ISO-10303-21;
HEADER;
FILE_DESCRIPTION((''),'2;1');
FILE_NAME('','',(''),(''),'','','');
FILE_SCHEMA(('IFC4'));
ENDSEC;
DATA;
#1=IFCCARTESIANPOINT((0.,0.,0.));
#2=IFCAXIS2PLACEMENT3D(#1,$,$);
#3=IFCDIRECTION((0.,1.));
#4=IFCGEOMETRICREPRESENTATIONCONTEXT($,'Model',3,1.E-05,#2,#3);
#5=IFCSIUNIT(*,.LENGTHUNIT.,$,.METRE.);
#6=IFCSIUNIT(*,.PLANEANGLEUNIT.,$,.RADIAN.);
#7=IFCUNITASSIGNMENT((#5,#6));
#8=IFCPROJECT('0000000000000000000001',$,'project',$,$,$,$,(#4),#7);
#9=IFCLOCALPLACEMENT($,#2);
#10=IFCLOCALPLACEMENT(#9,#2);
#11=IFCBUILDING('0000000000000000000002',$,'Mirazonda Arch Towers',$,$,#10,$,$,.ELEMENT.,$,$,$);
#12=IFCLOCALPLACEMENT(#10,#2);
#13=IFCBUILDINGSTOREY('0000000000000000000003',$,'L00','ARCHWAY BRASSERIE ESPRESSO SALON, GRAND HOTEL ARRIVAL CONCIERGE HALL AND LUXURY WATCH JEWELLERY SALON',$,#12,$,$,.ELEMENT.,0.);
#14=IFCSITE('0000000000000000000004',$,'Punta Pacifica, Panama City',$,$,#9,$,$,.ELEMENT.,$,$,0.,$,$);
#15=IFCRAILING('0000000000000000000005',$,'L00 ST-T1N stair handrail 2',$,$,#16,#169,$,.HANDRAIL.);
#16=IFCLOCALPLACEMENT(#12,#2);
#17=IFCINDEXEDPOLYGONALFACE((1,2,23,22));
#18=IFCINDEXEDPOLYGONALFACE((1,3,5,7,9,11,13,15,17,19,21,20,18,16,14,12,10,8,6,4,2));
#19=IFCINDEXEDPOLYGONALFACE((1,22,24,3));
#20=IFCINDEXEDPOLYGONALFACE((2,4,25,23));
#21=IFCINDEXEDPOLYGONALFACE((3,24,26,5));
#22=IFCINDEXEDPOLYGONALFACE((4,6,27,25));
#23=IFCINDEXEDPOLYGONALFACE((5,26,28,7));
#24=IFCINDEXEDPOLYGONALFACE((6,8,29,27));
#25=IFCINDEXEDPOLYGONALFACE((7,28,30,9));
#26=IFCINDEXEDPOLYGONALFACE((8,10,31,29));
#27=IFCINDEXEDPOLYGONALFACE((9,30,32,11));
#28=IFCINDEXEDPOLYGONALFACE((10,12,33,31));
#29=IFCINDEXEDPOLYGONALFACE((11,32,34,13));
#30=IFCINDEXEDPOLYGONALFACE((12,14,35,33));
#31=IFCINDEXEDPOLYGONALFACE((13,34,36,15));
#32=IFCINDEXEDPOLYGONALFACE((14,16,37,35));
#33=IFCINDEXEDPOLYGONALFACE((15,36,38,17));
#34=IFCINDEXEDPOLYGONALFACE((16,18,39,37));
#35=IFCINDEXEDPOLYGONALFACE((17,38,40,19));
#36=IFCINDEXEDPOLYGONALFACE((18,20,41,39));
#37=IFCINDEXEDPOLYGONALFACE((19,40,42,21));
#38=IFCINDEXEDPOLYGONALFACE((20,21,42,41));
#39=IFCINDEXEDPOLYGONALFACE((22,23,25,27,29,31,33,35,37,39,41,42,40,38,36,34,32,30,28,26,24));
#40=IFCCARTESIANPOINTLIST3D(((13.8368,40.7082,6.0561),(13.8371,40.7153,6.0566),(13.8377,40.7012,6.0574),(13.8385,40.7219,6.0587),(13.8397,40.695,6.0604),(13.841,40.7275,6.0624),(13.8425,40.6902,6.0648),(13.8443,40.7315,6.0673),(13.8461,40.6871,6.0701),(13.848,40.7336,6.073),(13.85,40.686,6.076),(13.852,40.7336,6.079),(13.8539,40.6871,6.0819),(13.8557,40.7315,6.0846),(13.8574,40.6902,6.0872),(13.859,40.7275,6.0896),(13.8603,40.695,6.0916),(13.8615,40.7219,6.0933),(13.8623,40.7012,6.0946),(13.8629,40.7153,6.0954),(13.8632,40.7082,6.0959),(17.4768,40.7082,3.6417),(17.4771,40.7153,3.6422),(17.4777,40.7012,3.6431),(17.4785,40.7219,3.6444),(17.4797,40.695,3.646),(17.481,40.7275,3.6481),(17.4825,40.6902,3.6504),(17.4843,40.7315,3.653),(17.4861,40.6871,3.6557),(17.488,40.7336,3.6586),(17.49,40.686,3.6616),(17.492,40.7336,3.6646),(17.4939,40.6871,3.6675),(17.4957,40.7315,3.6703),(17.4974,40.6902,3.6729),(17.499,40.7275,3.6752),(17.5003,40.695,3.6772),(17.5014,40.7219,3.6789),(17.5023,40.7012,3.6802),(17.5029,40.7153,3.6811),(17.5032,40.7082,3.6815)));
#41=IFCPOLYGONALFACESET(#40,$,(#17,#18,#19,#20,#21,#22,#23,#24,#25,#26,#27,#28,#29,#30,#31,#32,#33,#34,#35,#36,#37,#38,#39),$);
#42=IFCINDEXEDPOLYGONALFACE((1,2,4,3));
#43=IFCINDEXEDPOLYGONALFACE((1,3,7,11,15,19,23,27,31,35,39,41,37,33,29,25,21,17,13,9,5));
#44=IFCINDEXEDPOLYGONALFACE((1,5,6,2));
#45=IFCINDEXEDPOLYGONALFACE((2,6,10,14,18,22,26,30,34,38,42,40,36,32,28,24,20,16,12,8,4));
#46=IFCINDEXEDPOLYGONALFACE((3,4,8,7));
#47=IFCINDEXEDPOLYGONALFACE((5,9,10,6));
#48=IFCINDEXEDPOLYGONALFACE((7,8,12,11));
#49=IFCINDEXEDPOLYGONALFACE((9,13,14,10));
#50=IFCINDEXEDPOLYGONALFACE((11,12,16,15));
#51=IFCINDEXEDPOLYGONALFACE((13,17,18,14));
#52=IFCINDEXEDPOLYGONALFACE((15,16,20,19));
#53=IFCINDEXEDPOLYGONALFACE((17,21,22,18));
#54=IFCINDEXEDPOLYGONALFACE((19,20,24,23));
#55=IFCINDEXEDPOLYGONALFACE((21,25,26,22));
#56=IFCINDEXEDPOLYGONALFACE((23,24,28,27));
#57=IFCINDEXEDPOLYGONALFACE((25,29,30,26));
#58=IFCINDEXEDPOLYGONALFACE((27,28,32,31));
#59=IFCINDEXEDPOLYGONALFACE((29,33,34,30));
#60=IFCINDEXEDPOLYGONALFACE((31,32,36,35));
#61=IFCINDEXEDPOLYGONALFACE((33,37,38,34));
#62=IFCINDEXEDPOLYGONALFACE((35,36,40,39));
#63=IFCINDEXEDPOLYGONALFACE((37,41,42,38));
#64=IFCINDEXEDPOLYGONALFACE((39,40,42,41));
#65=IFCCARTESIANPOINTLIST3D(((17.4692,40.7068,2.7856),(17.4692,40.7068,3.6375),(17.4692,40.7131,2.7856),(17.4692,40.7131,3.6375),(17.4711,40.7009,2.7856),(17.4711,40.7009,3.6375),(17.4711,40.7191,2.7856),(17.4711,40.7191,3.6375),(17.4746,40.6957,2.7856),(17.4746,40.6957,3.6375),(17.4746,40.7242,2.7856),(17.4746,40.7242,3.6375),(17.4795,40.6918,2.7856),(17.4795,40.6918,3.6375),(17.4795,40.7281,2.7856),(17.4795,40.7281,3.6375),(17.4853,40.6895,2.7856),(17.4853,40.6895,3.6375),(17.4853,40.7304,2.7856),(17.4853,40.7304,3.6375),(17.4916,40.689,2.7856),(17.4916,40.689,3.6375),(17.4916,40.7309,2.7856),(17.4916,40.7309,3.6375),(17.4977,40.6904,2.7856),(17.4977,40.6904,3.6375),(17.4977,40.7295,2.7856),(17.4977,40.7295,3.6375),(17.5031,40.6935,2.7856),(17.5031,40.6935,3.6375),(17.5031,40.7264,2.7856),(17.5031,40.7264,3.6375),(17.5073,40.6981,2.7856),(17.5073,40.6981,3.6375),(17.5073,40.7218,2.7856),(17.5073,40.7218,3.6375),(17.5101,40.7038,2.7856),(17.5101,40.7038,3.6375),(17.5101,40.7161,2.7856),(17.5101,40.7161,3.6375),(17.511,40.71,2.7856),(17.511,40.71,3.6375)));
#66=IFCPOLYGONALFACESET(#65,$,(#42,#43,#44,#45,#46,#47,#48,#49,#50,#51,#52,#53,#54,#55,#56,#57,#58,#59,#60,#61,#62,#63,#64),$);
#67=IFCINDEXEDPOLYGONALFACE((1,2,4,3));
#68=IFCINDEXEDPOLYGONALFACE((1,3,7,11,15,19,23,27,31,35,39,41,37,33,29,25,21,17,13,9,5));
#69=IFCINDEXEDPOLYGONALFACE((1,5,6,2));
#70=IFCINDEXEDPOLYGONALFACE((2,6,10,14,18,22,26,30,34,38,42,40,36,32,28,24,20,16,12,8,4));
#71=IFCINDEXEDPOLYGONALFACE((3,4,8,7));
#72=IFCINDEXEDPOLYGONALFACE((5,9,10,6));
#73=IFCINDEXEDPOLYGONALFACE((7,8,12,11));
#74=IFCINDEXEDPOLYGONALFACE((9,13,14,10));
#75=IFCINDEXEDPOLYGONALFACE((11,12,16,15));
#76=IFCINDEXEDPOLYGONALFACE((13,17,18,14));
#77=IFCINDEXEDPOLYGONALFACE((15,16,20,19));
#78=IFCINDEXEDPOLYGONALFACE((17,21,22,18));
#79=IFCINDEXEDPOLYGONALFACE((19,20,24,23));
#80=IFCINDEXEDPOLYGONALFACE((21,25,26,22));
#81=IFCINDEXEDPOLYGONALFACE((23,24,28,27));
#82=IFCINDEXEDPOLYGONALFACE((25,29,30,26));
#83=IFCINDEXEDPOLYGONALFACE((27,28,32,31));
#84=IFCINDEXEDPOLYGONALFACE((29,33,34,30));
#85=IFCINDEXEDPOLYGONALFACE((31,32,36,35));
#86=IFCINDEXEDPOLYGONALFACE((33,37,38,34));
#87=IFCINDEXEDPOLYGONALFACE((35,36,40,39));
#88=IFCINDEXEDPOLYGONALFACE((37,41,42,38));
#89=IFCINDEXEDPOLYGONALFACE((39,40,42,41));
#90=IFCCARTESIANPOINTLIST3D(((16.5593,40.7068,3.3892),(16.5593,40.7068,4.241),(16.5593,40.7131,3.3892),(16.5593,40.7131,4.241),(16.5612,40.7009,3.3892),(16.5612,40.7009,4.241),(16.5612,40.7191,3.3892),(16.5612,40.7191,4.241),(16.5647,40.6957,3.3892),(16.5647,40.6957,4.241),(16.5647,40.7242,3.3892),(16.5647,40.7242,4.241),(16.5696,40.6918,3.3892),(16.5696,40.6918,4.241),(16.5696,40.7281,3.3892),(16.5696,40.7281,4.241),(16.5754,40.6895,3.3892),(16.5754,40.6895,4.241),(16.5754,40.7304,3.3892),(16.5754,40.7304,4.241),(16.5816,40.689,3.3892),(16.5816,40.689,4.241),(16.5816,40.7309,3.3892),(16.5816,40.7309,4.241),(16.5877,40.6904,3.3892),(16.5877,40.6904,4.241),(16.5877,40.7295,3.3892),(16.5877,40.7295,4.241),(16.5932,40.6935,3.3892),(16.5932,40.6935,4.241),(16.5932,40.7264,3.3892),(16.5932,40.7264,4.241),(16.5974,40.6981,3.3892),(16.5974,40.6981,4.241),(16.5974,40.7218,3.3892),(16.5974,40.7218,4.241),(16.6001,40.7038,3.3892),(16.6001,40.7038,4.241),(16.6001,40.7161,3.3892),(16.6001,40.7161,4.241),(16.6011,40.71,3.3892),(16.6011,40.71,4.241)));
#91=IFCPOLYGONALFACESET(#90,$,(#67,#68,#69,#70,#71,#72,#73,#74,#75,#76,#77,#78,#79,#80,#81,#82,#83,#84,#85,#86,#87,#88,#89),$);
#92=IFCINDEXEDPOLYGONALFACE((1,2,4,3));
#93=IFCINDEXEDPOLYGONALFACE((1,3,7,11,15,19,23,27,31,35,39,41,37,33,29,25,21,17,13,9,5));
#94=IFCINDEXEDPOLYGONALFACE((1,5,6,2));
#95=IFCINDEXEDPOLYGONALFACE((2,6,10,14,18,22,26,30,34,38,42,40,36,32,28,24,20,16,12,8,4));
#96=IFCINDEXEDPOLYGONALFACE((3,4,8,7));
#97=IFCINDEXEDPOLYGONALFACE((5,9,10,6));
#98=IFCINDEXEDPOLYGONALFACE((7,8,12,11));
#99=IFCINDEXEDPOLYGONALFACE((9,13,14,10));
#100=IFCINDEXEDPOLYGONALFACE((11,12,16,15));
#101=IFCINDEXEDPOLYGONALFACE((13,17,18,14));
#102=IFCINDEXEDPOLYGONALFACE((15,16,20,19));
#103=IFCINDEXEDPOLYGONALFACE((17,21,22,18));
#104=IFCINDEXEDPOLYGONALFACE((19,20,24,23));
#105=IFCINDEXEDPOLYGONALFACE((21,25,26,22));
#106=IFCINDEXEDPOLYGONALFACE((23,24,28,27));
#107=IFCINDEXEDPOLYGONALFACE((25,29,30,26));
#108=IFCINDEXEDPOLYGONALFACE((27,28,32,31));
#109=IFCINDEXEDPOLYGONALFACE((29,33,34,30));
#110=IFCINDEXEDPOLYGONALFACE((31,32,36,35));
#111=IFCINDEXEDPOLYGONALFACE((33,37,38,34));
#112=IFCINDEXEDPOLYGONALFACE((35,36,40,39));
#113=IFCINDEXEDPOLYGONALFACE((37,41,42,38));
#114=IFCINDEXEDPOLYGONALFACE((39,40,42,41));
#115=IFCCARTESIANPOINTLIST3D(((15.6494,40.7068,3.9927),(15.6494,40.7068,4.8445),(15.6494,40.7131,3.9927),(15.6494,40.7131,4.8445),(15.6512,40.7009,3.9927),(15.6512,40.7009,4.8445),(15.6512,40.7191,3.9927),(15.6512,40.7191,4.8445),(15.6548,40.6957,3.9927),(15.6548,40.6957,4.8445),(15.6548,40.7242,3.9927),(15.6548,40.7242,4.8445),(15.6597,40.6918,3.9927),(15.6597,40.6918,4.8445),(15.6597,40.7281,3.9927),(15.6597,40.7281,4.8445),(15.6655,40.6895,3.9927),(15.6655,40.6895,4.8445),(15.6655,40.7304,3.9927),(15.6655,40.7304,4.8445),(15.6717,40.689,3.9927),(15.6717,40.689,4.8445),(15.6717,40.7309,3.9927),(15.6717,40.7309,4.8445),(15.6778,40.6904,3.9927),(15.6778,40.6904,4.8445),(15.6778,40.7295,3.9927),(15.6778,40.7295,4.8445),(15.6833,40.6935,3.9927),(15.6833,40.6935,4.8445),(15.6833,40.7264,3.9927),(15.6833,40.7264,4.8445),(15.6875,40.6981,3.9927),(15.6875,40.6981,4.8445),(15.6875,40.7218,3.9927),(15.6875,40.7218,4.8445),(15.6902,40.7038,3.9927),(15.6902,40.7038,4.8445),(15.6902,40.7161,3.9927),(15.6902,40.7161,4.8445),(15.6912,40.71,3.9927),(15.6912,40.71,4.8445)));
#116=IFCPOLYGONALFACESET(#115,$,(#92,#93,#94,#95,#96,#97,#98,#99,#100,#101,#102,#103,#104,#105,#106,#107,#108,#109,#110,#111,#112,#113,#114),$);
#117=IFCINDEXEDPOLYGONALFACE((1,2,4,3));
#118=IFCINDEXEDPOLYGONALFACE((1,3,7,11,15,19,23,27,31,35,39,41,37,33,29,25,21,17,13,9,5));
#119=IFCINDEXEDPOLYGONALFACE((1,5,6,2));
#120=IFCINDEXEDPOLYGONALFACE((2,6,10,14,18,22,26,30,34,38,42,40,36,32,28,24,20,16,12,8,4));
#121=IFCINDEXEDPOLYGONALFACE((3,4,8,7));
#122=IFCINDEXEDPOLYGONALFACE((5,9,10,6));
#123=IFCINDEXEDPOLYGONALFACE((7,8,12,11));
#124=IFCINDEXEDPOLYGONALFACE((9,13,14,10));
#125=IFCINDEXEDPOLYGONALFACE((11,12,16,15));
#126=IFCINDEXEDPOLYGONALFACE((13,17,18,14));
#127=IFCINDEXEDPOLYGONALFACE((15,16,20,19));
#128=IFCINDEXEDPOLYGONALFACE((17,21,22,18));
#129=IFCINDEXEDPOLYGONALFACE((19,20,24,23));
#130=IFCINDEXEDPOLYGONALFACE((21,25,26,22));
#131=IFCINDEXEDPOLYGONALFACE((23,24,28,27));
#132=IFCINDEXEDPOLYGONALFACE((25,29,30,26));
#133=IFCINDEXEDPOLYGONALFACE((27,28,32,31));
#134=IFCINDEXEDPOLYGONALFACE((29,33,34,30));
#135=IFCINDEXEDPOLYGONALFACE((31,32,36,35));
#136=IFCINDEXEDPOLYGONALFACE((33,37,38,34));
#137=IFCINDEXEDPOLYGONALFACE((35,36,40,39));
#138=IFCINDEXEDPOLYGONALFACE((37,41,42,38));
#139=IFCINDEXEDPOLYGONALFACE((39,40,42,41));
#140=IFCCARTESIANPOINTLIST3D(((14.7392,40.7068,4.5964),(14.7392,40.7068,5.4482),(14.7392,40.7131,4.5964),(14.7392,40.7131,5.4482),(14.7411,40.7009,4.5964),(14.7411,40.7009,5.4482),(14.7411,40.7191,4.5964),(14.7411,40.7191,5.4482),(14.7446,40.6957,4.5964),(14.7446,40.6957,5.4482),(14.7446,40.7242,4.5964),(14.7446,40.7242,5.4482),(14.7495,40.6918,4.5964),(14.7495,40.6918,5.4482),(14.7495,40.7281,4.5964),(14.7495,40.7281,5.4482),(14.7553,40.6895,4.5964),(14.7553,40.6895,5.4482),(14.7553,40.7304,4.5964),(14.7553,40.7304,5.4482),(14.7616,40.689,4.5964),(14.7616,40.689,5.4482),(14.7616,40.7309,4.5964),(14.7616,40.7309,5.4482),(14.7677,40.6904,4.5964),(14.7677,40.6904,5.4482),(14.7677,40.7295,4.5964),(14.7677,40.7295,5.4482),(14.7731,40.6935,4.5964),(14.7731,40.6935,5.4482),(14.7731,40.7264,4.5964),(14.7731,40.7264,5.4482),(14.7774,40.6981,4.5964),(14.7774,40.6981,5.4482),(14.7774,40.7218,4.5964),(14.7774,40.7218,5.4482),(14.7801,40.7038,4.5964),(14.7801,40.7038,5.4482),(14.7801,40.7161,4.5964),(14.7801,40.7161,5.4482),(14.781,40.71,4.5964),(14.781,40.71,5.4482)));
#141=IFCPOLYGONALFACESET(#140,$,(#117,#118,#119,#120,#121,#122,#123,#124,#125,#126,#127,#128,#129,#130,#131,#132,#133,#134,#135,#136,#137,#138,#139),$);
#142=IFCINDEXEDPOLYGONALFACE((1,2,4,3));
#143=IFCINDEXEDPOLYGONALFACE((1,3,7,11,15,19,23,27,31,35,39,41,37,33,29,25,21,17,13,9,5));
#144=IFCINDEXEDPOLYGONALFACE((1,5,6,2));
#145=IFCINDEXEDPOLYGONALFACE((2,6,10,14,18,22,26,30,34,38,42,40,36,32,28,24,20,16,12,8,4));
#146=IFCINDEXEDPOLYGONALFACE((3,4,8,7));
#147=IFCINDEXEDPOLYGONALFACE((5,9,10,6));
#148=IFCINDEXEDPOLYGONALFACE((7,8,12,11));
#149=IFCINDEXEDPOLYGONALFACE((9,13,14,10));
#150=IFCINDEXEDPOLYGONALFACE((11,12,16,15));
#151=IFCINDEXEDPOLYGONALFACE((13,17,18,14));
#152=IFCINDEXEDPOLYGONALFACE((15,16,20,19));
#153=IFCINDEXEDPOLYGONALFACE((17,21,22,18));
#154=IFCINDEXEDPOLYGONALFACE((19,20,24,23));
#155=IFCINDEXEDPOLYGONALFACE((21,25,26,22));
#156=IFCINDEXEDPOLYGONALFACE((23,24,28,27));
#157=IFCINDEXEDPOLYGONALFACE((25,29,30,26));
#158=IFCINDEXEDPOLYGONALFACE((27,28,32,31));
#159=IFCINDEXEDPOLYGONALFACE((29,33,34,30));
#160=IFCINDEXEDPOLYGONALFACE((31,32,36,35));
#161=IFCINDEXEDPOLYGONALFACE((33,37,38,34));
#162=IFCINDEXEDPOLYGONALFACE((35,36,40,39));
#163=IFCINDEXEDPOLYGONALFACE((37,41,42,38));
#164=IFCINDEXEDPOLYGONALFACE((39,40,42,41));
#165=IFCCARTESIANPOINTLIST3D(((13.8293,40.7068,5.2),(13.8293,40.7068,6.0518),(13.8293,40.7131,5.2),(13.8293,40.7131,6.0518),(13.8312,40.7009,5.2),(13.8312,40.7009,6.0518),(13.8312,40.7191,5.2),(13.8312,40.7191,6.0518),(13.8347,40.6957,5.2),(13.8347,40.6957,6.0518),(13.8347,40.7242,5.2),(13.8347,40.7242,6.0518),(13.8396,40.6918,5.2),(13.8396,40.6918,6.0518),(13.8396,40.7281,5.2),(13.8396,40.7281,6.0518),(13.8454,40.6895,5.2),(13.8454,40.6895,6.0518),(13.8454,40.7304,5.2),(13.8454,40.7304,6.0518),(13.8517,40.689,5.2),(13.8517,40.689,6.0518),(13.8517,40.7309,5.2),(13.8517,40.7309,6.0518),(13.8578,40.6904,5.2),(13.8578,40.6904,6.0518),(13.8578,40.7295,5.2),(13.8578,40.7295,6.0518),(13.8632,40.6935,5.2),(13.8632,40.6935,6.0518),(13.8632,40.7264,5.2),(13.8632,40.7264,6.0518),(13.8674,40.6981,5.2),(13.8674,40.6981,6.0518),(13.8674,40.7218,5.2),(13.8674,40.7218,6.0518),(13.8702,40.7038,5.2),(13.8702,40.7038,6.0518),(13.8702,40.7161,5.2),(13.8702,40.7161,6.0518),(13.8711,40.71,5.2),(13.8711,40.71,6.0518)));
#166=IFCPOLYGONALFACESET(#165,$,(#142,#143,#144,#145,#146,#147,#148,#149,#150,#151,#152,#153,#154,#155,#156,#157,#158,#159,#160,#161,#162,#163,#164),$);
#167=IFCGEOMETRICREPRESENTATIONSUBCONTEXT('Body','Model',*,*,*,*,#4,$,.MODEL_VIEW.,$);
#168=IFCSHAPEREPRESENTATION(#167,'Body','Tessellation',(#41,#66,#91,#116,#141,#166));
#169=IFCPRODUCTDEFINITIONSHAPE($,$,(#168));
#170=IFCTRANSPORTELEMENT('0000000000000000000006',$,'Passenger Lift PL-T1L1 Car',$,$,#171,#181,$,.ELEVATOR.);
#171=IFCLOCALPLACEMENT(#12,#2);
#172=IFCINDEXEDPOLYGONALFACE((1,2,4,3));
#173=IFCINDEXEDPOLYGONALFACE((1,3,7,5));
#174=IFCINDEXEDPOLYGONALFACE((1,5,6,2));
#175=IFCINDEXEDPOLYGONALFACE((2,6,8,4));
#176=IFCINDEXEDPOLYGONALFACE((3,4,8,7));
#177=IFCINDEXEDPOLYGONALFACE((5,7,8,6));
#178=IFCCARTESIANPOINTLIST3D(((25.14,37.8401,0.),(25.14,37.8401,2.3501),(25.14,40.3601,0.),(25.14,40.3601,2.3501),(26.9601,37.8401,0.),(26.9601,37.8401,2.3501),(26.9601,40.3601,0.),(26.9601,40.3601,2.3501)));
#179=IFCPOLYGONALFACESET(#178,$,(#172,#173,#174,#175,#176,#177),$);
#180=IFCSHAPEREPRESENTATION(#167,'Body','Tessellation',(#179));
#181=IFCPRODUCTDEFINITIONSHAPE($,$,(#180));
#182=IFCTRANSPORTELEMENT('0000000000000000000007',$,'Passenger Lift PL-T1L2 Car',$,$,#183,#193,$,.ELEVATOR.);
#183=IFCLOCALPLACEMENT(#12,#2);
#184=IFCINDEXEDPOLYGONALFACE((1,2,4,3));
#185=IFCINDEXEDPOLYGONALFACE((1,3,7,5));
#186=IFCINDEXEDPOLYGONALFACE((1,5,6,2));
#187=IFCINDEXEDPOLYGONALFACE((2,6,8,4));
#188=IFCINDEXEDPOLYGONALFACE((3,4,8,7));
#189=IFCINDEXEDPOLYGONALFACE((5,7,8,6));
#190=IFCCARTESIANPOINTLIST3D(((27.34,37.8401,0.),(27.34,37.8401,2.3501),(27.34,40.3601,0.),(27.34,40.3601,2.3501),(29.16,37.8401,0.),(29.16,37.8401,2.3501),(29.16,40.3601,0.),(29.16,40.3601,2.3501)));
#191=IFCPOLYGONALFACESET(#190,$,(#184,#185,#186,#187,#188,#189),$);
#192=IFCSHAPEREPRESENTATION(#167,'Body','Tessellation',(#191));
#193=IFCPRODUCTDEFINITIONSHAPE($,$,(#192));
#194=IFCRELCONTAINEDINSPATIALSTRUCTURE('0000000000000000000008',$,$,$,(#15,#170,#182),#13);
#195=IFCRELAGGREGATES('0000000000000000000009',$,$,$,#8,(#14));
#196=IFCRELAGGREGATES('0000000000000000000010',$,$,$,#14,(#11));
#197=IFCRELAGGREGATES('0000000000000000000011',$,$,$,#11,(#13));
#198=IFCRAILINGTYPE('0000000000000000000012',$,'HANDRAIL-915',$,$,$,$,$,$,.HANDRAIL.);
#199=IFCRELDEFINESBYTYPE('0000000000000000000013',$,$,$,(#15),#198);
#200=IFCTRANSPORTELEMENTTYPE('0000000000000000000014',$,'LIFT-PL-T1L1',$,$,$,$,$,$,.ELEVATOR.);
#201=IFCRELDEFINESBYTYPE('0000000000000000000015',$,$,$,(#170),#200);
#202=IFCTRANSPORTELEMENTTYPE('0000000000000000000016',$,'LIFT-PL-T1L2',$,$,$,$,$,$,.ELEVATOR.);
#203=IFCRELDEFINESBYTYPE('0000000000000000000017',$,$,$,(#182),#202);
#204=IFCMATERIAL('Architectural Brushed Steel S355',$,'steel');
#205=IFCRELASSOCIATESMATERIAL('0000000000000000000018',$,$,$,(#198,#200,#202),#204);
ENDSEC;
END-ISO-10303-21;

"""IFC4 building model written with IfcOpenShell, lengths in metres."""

from ifc_helpers import new_model, si_unit, direction, frame, origin, origin_2d, place, context, subcontext, project, spatial, rectangle, circle, extrude, material, type_object, element, save


model = new_model("IFC4")

# Units and contexts
model_context = context("Model", 3, precision=1e-05, world=origin(), true_north=direction((0.0, 1.0)))
body_context = subcontext(model_context, "Body", "Model", "MODEL_VIEW")
ifc_project = project(units=[si_unit("LENGTHUNIT", "METRE"), si_unit("PLANEANGLEUNIT", "RADIAN")], contexts=[model_context])

# Site, building, storey
site_placement = place(None, origin())
site = spatial("IfcSite", under=ifc_project, at=site_placement, Name="Punta Pacifica, Panama City", CompositionType="ELEMENT", RefElevation=0.0)
building_placement = place(site_placement, origin())
building = spatial("IfcBuilding", under=site, at=building_placement, Name="Mirazonda Arch Towers", CompositionType="ELEMENT")
storey_placement = place(building_placement, origin())
storey = spatial("IfcBuildingStorey", under=building, at=storey_placement, Name="L00", Description="ARCHWAY BRASSERIE ESPRESSO SALON, GRAND HOTEL ARRIVAL CONCIERGE HALL AND LUXURY WATCH JEWELLERY SALON", CompositionType="ELEMENT", Elevation=0.0)

# Railing
ifc_material_1 = material(Name="Architectural Brushed Steel S355", Category="steel")
railing_type_1 = type_object("IfcRailingType", Name="HANDRAIL-915", PredefinedType="HANDRAIL", material=ifc_material_1)
railing_1_placement = place(storey_placement, frame((17.49, 40.71, 2.7856)))
element("IfcRailing", 1, at=railing_1_placement, inside=storey, type_object=railing_type_1, Name="L00 ST-T1N stair handrail 2", PredefinedType="HANDRAIL", context=body_context, shape_type="SweptSolid", body=[
    extrude(circle(Radius=0.0239, at=origin_2d()), frame((0.0, 0.0, 0.876), z_axis=(-0.833347, 0.0, 0.552751), x_axis=(0.0, -1.0, 0.0)), (0.0, 0.0, 1.0), 4.3679),
    extrude(circle(Radius=0.021, at=origin_2d()), origin(), (0.0, 0.0, 1.0), 0.8518),
    extrude(circle(Radius=0.021, at=origin_2d()), frame((-0.9099, 0.0, 0.6035)), (0.0, 0.0, 1.0), 0.8518),
    extrude(circle(Radius=0.021, at=origin_2d()), frame((-1.8198, 0.0, 1.207)), (0.0, 0.0, 1.0), 0.8518),
    extrude(circle(Radius=0.021, at=origin_2d()), frame((-2.73, 0.0, 1.8108)), (0.0, 0.0, 1.0), 0.8518),
    extrude(circle(Radius=0.021, at=origin_2d()), frame((-3.6399, 0.0, 2.4143)), (0.0, 0.0, 1.0), 0.8518),
])

# Transport elements
transport_element_type_1 = type_object("IfcTransportElementType", Name="LIFT-PL-T1L1", PredefinedType="ELEVATOR", material=ifc_material_1)
transport_element_1_placement = place(storey_placement, frame((26.05, 39.1001, 0.0), z_axis=(0.0, 0.0, 1.0), x_axis=(1.0, 0.0, 0.0)))
element("IfcTransportElement", 2, at=transport_element_1_placement, inside=storey, type_object=transport_element_type_1, Name="Passenger Lift PL-T1L1 Car", PredefinedType="ELEVATOR", context=body_context, shape_type="SweptSolid", body=[
    extrude(rectangle(XDim=1.8201, YDim=2.52, at=origin_2d()), origin(), (0.0, 0.0, 1.0), 2.3501),
])
transport_element_type_2 = type_object("IfcTransportElementType", Name="LIFT-PL-T1L2", PredefinedType="ELEVATOR", material=ifc_material_1)
transport_element_2_placement = place(storey_placement, frame((28.25, 39.1001, 0.0), z_axis=(0.0, 0.0, 1.0), x_axis=(1.0, 0.0, 0.0)))
element("IfcTransportElement", 3, at=transport_element_2_placement, inside=storey, type_object=transport_element_type_2, Name="Passenger Lift PL-T1L2 Car", PredefinedType="ELEVATOR", context=body_context, shape_type="SweptSolid", body=[
    extrude(rectangle(XDim=1.8201, YDim=2.52, at=origin_2d()), origin(), (0.0, 0.0, 1.0), 2.3501),
])

save(model, "model.ifc")
